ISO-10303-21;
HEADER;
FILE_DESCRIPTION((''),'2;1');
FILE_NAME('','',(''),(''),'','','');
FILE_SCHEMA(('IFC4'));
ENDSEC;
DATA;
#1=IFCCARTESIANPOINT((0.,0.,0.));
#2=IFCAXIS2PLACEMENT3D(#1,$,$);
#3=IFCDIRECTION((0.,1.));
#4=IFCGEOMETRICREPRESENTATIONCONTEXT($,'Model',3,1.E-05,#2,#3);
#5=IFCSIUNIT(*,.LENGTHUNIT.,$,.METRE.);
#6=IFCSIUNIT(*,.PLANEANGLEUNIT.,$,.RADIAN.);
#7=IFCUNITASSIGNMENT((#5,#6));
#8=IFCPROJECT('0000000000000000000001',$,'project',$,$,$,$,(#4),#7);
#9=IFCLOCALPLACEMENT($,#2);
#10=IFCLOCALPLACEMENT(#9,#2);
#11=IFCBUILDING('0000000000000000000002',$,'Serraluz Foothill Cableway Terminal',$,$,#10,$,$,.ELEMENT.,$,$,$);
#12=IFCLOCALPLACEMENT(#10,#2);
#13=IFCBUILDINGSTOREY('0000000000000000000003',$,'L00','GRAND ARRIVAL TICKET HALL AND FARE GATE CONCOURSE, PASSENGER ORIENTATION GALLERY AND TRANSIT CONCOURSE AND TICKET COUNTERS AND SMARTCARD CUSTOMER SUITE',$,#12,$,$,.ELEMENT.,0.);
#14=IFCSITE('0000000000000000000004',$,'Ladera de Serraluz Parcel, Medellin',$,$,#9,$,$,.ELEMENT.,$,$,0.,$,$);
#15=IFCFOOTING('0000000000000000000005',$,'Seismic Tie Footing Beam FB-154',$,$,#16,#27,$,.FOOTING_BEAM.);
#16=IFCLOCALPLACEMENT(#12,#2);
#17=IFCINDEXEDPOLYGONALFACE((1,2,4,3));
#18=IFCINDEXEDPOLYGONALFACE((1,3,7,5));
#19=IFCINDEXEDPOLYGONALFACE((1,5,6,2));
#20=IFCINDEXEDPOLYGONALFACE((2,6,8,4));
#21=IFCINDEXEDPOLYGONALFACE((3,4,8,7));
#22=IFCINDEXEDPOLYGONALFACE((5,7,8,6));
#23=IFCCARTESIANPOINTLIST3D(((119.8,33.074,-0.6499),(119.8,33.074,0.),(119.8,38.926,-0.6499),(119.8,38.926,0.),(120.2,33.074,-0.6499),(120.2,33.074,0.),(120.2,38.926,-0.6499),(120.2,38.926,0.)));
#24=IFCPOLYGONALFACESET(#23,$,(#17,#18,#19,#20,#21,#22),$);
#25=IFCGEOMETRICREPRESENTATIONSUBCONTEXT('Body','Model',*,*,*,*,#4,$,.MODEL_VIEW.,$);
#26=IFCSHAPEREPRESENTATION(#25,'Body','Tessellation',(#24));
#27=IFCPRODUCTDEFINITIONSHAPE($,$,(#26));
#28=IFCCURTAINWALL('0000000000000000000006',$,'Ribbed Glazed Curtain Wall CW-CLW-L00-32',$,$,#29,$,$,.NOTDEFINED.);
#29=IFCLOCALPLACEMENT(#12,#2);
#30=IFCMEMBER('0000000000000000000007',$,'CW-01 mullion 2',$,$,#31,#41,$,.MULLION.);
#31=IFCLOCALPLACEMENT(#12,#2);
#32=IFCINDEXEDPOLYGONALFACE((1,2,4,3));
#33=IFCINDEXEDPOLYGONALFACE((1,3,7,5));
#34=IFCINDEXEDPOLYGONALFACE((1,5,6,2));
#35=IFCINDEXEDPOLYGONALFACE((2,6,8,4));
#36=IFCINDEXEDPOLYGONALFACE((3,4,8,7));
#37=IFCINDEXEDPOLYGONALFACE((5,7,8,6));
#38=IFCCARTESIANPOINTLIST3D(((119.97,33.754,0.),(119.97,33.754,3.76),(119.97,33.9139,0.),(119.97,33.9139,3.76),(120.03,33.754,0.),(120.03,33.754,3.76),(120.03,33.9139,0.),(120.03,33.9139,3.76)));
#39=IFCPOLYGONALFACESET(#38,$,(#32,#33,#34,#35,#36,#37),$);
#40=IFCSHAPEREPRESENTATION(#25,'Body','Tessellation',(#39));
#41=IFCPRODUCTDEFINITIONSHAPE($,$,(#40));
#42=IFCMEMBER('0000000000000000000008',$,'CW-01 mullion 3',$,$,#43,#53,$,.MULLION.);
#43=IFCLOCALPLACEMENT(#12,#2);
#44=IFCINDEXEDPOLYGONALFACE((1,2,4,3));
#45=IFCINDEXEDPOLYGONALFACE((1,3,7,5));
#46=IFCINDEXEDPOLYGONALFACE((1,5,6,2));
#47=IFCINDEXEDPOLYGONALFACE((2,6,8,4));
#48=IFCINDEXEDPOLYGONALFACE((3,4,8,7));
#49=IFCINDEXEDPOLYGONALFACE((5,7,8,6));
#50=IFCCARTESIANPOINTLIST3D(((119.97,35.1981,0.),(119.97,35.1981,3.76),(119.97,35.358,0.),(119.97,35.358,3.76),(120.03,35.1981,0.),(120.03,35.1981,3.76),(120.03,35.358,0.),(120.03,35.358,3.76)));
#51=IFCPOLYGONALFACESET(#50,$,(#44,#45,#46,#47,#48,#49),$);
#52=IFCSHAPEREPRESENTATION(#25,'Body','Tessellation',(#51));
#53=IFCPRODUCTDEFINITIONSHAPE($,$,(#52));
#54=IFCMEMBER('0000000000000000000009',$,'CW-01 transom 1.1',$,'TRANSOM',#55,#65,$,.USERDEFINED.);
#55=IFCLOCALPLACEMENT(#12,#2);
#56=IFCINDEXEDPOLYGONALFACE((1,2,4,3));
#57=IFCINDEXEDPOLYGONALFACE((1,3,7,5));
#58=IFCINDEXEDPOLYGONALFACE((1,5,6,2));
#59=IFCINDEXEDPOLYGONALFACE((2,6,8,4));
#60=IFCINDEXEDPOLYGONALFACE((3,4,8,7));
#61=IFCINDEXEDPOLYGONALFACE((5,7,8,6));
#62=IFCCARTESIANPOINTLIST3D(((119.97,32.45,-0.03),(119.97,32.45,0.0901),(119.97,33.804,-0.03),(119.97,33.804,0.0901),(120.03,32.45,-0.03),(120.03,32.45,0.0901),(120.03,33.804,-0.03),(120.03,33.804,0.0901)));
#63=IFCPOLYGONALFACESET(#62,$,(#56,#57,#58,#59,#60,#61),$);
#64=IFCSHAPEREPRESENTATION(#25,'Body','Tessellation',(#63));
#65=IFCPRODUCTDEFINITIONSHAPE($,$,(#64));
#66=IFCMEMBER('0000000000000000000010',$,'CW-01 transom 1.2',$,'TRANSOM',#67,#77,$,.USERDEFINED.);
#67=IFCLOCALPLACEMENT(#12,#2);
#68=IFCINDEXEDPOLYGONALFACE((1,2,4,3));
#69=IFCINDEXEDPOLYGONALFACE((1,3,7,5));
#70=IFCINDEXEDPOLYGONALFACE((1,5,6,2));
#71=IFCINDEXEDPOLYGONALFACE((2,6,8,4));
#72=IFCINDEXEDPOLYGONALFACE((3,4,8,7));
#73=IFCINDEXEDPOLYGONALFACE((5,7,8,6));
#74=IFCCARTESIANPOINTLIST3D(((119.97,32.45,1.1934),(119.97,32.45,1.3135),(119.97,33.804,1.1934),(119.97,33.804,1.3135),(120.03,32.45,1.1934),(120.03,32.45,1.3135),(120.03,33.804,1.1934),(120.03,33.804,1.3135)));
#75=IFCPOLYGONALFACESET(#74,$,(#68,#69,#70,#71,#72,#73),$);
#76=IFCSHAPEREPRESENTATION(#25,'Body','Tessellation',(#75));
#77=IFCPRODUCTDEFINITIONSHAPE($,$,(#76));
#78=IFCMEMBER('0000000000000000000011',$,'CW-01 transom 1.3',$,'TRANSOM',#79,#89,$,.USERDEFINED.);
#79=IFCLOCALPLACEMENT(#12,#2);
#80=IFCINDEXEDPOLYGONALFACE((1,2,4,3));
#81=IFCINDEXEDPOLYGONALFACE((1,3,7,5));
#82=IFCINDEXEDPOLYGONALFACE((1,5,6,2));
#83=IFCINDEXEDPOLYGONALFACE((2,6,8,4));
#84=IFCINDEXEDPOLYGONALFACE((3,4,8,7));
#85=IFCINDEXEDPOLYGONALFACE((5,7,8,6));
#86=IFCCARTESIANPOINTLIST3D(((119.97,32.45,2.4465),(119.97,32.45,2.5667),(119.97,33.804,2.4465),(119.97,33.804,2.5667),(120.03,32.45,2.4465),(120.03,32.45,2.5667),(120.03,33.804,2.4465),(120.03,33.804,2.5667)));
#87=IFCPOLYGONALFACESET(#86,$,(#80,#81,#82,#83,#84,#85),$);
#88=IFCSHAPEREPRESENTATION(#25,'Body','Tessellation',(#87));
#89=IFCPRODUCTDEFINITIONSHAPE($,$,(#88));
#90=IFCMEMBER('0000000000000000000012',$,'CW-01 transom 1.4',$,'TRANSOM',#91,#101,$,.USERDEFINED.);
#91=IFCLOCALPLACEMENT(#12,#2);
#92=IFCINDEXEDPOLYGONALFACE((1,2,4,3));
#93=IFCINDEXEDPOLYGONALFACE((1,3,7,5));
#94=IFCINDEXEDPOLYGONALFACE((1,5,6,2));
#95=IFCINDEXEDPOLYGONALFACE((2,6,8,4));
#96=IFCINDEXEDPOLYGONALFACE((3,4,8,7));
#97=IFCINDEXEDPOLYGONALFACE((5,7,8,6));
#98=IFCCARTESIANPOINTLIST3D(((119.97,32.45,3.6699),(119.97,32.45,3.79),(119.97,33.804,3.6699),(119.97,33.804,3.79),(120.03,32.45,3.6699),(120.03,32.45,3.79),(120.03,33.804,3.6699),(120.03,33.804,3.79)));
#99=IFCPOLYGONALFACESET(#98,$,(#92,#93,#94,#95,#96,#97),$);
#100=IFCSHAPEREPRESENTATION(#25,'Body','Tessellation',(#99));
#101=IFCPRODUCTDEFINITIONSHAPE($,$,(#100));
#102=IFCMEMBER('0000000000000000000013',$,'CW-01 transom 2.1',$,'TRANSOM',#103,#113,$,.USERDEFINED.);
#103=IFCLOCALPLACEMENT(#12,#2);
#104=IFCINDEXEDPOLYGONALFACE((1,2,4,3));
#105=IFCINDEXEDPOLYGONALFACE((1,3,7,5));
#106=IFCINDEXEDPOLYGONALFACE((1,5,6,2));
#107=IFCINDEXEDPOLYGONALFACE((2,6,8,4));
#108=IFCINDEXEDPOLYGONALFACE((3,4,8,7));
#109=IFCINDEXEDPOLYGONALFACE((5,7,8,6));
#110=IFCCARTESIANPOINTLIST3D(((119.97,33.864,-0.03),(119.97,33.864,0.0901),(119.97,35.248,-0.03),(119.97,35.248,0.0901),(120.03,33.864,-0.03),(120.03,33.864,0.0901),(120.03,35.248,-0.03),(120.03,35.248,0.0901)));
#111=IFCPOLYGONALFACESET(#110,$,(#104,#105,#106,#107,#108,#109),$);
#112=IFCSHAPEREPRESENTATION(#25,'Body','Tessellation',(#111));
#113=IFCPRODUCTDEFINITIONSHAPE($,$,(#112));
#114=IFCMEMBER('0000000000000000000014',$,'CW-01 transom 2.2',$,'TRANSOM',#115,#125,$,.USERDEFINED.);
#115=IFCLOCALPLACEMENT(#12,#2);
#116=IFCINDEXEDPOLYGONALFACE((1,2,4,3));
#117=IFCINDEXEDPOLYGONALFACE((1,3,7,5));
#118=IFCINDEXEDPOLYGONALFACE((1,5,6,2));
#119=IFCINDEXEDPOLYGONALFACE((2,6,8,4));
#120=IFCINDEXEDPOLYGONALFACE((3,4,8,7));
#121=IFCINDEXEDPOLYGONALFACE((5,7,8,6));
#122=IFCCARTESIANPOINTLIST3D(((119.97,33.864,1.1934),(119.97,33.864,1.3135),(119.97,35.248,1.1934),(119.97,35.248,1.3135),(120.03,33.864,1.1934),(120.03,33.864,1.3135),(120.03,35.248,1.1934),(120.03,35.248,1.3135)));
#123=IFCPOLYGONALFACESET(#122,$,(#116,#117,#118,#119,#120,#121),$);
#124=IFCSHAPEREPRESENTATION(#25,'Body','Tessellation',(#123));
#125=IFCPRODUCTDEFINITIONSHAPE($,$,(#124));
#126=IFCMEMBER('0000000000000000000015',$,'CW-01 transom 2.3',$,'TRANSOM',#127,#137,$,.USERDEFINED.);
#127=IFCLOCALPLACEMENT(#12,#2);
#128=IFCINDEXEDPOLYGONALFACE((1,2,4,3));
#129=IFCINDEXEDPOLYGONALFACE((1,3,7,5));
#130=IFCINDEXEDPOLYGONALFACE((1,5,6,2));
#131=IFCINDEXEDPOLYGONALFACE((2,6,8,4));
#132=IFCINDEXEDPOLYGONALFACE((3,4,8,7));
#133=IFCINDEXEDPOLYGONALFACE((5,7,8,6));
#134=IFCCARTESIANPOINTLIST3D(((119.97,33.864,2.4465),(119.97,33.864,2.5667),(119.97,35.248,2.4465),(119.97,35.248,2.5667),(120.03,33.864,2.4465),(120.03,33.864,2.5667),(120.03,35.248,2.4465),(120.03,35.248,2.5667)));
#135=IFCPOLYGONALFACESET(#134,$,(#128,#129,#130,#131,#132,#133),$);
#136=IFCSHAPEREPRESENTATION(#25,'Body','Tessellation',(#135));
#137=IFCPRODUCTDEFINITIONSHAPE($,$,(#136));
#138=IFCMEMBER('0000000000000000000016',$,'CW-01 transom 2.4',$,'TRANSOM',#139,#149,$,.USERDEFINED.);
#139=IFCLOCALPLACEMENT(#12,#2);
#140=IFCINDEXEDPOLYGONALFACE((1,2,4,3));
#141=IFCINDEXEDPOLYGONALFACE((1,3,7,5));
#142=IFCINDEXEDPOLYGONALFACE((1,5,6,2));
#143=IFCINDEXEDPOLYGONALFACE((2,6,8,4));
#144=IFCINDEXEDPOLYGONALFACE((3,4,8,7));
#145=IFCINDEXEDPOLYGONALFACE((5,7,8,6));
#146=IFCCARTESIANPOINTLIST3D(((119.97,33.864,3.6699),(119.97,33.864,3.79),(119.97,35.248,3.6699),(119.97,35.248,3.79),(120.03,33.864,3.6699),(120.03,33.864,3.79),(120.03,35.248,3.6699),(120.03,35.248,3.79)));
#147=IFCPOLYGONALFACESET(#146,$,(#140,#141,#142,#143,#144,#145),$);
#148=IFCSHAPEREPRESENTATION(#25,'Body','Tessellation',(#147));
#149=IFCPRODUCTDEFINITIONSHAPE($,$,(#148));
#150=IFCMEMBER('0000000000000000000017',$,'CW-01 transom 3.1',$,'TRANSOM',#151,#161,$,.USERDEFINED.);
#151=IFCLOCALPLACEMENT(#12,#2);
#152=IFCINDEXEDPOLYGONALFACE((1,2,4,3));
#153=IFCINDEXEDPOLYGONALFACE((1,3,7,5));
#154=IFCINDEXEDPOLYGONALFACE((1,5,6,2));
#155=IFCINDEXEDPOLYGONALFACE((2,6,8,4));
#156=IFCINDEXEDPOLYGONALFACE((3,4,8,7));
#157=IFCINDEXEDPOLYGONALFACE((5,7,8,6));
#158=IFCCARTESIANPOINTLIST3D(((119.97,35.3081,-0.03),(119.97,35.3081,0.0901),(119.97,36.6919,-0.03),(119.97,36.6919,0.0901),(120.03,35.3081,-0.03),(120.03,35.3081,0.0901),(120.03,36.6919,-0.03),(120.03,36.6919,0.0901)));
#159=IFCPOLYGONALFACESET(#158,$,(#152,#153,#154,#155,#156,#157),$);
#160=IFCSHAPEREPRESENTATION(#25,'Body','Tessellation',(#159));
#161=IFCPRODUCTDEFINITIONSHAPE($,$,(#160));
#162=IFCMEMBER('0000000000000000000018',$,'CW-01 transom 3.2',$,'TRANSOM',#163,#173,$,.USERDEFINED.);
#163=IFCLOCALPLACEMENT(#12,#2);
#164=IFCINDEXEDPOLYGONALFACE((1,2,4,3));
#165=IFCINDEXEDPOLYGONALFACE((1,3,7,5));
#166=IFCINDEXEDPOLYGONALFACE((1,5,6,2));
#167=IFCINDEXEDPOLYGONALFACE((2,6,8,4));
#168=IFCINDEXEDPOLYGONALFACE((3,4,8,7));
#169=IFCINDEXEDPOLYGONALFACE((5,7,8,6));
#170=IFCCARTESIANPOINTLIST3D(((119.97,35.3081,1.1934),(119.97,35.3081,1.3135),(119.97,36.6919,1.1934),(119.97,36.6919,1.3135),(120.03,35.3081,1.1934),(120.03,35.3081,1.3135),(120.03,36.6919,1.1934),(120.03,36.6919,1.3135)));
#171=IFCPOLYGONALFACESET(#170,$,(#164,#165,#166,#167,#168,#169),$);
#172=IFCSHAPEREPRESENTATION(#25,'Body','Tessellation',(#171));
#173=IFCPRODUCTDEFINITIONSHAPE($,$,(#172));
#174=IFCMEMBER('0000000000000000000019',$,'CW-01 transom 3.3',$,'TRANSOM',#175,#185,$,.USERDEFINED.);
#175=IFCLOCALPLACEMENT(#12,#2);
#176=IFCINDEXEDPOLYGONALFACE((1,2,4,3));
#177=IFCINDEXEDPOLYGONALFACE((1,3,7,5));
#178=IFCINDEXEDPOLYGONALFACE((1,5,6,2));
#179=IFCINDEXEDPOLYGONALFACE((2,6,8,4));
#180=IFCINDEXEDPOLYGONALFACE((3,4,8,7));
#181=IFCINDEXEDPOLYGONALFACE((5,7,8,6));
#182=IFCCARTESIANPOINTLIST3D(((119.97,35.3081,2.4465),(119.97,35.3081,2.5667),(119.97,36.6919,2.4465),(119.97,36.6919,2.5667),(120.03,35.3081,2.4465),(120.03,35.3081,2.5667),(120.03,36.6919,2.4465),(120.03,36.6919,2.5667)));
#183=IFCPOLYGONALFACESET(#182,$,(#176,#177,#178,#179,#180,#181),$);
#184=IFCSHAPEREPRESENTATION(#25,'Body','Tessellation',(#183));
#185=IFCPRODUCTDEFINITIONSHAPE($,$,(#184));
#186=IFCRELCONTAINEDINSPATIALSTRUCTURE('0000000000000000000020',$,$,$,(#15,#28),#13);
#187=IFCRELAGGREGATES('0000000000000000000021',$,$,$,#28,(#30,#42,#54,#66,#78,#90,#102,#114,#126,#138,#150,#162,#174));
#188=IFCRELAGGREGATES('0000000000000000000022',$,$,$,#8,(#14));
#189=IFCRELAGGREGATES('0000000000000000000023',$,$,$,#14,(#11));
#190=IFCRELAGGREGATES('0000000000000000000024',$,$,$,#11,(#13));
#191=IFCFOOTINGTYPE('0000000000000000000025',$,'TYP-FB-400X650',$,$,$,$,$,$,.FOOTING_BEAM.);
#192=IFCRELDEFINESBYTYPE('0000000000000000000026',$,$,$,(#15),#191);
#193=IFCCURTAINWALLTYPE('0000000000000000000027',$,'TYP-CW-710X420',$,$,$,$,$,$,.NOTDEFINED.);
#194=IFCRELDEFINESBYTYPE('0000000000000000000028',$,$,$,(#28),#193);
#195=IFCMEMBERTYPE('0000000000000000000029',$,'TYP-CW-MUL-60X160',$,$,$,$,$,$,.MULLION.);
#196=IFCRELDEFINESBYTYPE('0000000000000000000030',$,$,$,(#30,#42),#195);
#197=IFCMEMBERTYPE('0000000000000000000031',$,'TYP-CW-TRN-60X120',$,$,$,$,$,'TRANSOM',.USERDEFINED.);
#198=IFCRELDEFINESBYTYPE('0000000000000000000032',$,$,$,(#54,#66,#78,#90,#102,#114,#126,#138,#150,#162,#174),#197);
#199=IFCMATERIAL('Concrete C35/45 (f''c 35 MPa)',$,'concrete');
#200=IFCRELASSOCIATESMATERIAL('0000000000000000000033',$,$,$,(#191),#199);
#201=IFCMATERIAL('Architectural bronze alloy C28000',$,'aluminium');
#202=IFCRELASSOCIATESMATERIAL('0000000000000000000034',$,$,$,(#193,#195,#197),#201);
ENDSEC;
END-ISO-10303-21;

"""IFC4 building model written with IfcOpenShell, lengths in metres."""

from ifc_helpers import new_model, si_unit, direction, frame, origin, origin_2d, place, context, subcontext, project, spatial, rectangle, extrude, material, material_profile, profile_set, type_object, element, aggregate, save


model = new_model("IFC4")

# Units and contexts
model_context = context("Model", 3, precision=1e-05, world=origin(), true_north=direction((0.0, 1.0)))
body_context = subcontext(model_context, "Body", "Model", "MODEL_VIEW")
ifc_project = project(units=[si_unit("LENGTHUNIT", "METRE"), si_unit("PLANEANGLEUNIT", "RADIAN")], contexts=[model_context])

# Site, building, storey
site_placement = place(None, origin())
site = spatial("IfcSite", under=ifc_project, at=site_placement, Name="Ladera de Serraluz Parcel, Medellin", CompositionType="ELEMENT", RefElevation=0.0)
building_placement = place(site_placement, origin())
building = spatial("IfcBuilding", under=site, at=building_placement, Name="Serraluz Foothill Cableway Terminal", CompositionType="ELEMENT")
storey_placement = place(building_placement, origin())
storey = spatial("IfcBuildingStorey", under=building, at=storey_placement, Name="L00", Description="GRAND ARRIVAL TICKET HALL AND FARE GATE CONCOURSE, PASSENGER ORIENTATION GALLERY AND TRANSIT CONCOURSE AND TICKET COUNTERS AND SMARTCARD CUSTOMER SUITE", CompositionType="ELEMENT", Elevation=0.0)

# Footing
ifc_material_1 = material(Name="Concrete C35/45 (f'c 35 MPa)", Category="concrete")
ifc_material_profile_1 = material_profile(ifc_material_1, rectangle(XDim=0.3999, YDim=0.6499, at=origin_2d()), Name="RC 400x650")
ifc_profile_set_1 = profile_set([ifc_material_profile_1], Name="Concrete C35/45 (f'c 35 MPa)")
footing_type = type_object("IfcFootingType", Name="TYP-FB-400X650", PredefinedType="FOOTING_BEAM", material=ifc_profile_set_1)
footing_placement = place(storey_placement, frame((120.0, 33.074, -0.325), z_axis=(0.0, 1.0, 0.0), x_axis=(-1.0, 0.0, 0.0)))
element("IfcFooting", 1, at=footing_placement, inside=storey, type_object=footing_type, Name="Seismic Tie Footing Beam FB-154", PredefinedType="FOOTING_BEAM", context=body_context, shape_type="SweptSolid", body=[
    extrude(rectangle(XDim=0.3999, YDim=0.6499, at=origin_2d()), origin(), (0.0, 0.0, 1.0), 5.8521),
])

# Curtain wall, members
ifc_material_2 = material(Name="Architectural bronze alloy C28000", Category="aluminium")
curtain_wall_type = type_object("IfcCurtainWallType", Name="TYP-CW-710X420", PredefinedType="NOTDEFINED", material=ifc_material_2)
curtain_wall_placement = place(storey_placement, origin())
curtain_wall = element("IfcCurtainWall", 2, at=curtain_wall_placement, inside=storey, type_object=curtain_wall_type, Name="Ribbed Glazed Curtain Wall CW-CLW-L00-32", PredefinedType="NOTDEFINED")
ifc_material_profile_2 = material_profile(ifc_material_2, rectangle(XDim=0.0601, YDim=0.1599, at=origin_2d()), Name="ALU MULLION 60x160")
ifc_profile_set_2 = profile_set([ifc_material_profile_2], Name="Architectural bronze alloy C28000")
member_type_1 = type_object("IfcMemberType", Name="TYP-CW-MUL-60X160", PredefinedType="MULLION", material=ifc_profile_set_2)
member_1_placement = place(storey_placement, frame((120.0, 33.834, 0.0), z_axis=(0.0, 0.0, 1.0), x_axis=(-1.0, 0.0, 0.0)))
member_1 = element("IfcMember", 3, at=member_1_placement, type_object=member_type_1, Name="CW-01 mullion 2", PredefinedType="MULLION", context=body_context, shape_type="SweptSolid", body=[
    extrude(rectangle(XDim=0.0601, YDim=0.1599, at=origin_2d()), origin(), (0.0, 0.0, 1.0), 3.76),
])
member_2_placement = place(storey_placement, frame((120.0, 35.2781, 0.0), z_axis=(0.0, 0.0, 1.0), x_axis=(-1.0, 0.0, 0.0)))
member_2 = element("IfcMember", 4, at=member_2_placement, type_object=member_type_1, Name="CW-01 mullion 3", PredefinedType="MULLION", context=body_context, shape_type="SweptSolid", body=[
    extrude(rectangle(XDim=0.0601, YDim=0.1599, at=origin_2d()), origin(), (0.0, 0.0, 1.0), 3.76),
])
ifc_material_profile_3 = material_profile(ifc_material_2, rectangle(XDim=0.0601, YDim=0.1201, at=origin_2d()), Name="ALU TRANSOM 60x120")
ifc_profile_set_3 = profile_set([ifc_material_profile_3], Name="Architectural bronze alloy C28000")
member_type_2 = type_object("IfcMemberType", Name="TYP-CW-TRN-60X120", ElementType="TRANSOM", PredefinedType="USERDEFINED", material=ifc_profile_set_3)
member_3_placement = place(storey_placement, frame((120.0, 32.45, 0.03), z_axis=(0.0, 1.0, 0.0), x_axis=(-1.0, 0.0, 0.0)))
member_3 = element("IfcMember", 5, at=member_3_placement, type_object=member_type_2, Name="CW-01 transom 1.1", ObjectType="TRANSOM", PredefinedType="USERDEFINED", context=body_context, shape_type="SweptSolid", body=[
    extrude(rectangle(XDim=0.0601, YDim=0.1201, at=origin_2d()), origin(), (0.0, 0.0, 1.0), 1.354),
])
member_4_placement = place(storey_placement, frame((120.0, 32.45, 1.2534), z_axis=(0.0, 1.0, 0.0), x_axis=(-1.0, 0.0, 0.0)))
member_4 = element("IfcMember", 6, at=member_4_placement, type_object=member_type_2, Name="CW-01 transom 1.2", ObjectType="TRANSOM", PredefinedType="USERDEFINED", context=body_context, shape_type="SweptSolid", body=[
    extrude(rectangle(XDim=0.0601, YDim=0.1201, at=origin_2d()), origin(), (0.0, 0.0, 1.0), 1.354),
])
member_5_placement = place(storey_placement, frame((120.0, 32.45, 2.5066), z_axis=(0.0, 1.0, 0.0), x_axis=(-1.0, 0.0, 0.0)))
member_5 = element("IfcMember", 7, at=member_5_placement, type_object=member_type_2, Name="CW-01 transom 1.3", ObjectType="TRANSOM", PredefinedType="USERDEFINED", context=body_context, shape_type="SweptSolid", body=[
    extrude(rectangle(XDim=0.0601, YDim=0.1201, at=origin_2d()), origin(), (0.0, 0.0, 1.0), 1.354),
])
member_6_placement = place(storey_placement, frame((120.0, 32.45, 3.73), z_axis=(0.0, 1.0, 0.0), x_axis=(-1.0, 0.0, 0.0)))
member_6 = element("IfcMember", 8, at=member_6_placement, type_object=member_type_2, Name="CW-01 transom 1.4", ObjectType="TRANSOM", PredefinedType="USERDEFINED", context=body_context, shape_type="SweptSolid", body=[
    extrude(rectangle(XDim=0.0601, YDim=0.1201, at=origin_2d()), origin(), (0.0, 0.0, 1.0), 1.354),
])
member_7_placement = place(storey_placement, frame((120.0, 33.864, 0.03), z_axis=(0.0, 1.0, 0.0), x_axis=(-1.0, 0.0, 0.0)))
member_7 = element("IfcMember", 9, at=member_7_placement, type_object=member_type_2, Name="CW-01 transom 2.1", ObjectType="TRANSOM", PredefinedType="USERDEFINED", context=body_context, shape_type="SweptSolid", body=[
    extrude(rectangle(XDim=0.0601, YDim=0.1201, at=origin_2d()), origin(), (0.0, 0.0, 1.0), 1.384),
])
member_8_placement = place(storey_placement, frame((120.0, 33.864, 1.2534), z_axis=(0.0, 1.0, 0.0), x_axis=(-1.0, 0.0, 0.0)))
member_8 = element("IfcMember", 10, at=member_8_placement, type_object=member_type_2, Name="CW-01 transom 2.2", ObjectType="TRANSOM", PredefinedType="USERDEFINED", context=body_context, shape_type="SweptSolid", body=[
    extrude(rectangle(XDim=0.0601, YDim=0.1201, at=origin_2d()), origin(), (0.0, 0.0, 1.0), 1.384),
])
member_9_placement = place(storey_placement, frame((120.0, 33.864, 2.5066), z_axis=(0.0, 1.0, 0.0), x_axis=(-1.0, 0.0, 0.0)))
member_9 = element("IfcMember", 11, at=member_9_placement, type_object=member_type_2, Name="CW-01 transom 2.3", ObjectType="TRANSOM", PredefinedType="USERDEFINED", context=body_context, shape_type="SweptSolid", body=[
    extrude(rectangle(XDim=0.0601, YDim=0.1201, at=origin_2d()), origin(), (0.0, 0.0, 1.0), 1.384),
])
member_10_placement = place(storey_placement, frame((120.0, 33.864, 3.73), z_axis=(0.0, 1.0, 0.0), x_axis=(-1.0, 0.0, 0.0)))
member_10 = element("IfcMember", 12, at=member_10_placement, type_object=member_type_2, Name="CW-01 transom 2.4", ObjectType="TRANSOM", PredefinedType="USERDEFINED", context=body_context, shape_type="SweptSolid", body=[
    extrude(rectangle(XDim=0.0601, YDim=0.1201, at=origin_2d()), origin(), (0.0, 0.0, 1.0), 1.384),
])
member_11_placement = place(storey_placement, frame((120.0, 35.3081, 0.03), z_axis=(0.0, 1.0, 0.0), x_axis=(-1.0, 0.0, 0.0)))
member_11 = element("IfcMember", 13, at=member_11_placement, type_object=member_type_2, Name="CW-01 transom 3.1", ObjectType="TRANSOM", PredefinedType="USERDEFINED", context=body_context, shape_type="SweptSolid", body=[
    extrude(rectangle(XDim=0.0601, YDim=0.1201, at=origin_2d()), origin(), (0.0, 0.0, 1.0), 1.3838),
])
member_12_placement = place(storey_placement, frame((120.0, 35.3081, 1.2534), z_axis=(0.0, 1.0, 0.0), x_axis=(-1.0, 0.0, 0.0)))
member_12 = element("IfcMember", 14, at=member_12_placement, type_object=member_type_2, Name="CW-01 transom 3.2", ObjectType="TRANSOM", PredefinedType="USERDEFINED", context=body_context, shape_type="SweptSolid", body=[
    extrude(rectangle(XDim=0.0601, YDim=0.1201, at=origin_2d()), origin(), (0.0, 0.0, 1.0), 1.3838),
])
member_13_placement = place(storey_placement, frame((120.0, 35.3081, 2.5066), z_axis=(0.0, 1.0, 0.0), x_axis=(-1.0, 0.0, 0.0)))
member_13 = element("IfcMember", 15, at=member_13_placement, type_object=member_type_2, Name="CW-01 transom 3.3", ObjectType="TRANSOM", PredefinedType="USERDEFINED", context=body_context, shape_type="SweptSolid", body=[
    extrude(rectangle(XDim=0.0601, YDim=0.1201, at=origin_2d()), origin(), (0.0, 0.0, 1.0), 1.3838),
])
aggregate(curtain_wall, [member_1, member_2, member_3, member_4, member_5, member_6, member_7, member_8, member_9, member_10, member_11, member_12, member_13])

save(model, "model.ifc")
